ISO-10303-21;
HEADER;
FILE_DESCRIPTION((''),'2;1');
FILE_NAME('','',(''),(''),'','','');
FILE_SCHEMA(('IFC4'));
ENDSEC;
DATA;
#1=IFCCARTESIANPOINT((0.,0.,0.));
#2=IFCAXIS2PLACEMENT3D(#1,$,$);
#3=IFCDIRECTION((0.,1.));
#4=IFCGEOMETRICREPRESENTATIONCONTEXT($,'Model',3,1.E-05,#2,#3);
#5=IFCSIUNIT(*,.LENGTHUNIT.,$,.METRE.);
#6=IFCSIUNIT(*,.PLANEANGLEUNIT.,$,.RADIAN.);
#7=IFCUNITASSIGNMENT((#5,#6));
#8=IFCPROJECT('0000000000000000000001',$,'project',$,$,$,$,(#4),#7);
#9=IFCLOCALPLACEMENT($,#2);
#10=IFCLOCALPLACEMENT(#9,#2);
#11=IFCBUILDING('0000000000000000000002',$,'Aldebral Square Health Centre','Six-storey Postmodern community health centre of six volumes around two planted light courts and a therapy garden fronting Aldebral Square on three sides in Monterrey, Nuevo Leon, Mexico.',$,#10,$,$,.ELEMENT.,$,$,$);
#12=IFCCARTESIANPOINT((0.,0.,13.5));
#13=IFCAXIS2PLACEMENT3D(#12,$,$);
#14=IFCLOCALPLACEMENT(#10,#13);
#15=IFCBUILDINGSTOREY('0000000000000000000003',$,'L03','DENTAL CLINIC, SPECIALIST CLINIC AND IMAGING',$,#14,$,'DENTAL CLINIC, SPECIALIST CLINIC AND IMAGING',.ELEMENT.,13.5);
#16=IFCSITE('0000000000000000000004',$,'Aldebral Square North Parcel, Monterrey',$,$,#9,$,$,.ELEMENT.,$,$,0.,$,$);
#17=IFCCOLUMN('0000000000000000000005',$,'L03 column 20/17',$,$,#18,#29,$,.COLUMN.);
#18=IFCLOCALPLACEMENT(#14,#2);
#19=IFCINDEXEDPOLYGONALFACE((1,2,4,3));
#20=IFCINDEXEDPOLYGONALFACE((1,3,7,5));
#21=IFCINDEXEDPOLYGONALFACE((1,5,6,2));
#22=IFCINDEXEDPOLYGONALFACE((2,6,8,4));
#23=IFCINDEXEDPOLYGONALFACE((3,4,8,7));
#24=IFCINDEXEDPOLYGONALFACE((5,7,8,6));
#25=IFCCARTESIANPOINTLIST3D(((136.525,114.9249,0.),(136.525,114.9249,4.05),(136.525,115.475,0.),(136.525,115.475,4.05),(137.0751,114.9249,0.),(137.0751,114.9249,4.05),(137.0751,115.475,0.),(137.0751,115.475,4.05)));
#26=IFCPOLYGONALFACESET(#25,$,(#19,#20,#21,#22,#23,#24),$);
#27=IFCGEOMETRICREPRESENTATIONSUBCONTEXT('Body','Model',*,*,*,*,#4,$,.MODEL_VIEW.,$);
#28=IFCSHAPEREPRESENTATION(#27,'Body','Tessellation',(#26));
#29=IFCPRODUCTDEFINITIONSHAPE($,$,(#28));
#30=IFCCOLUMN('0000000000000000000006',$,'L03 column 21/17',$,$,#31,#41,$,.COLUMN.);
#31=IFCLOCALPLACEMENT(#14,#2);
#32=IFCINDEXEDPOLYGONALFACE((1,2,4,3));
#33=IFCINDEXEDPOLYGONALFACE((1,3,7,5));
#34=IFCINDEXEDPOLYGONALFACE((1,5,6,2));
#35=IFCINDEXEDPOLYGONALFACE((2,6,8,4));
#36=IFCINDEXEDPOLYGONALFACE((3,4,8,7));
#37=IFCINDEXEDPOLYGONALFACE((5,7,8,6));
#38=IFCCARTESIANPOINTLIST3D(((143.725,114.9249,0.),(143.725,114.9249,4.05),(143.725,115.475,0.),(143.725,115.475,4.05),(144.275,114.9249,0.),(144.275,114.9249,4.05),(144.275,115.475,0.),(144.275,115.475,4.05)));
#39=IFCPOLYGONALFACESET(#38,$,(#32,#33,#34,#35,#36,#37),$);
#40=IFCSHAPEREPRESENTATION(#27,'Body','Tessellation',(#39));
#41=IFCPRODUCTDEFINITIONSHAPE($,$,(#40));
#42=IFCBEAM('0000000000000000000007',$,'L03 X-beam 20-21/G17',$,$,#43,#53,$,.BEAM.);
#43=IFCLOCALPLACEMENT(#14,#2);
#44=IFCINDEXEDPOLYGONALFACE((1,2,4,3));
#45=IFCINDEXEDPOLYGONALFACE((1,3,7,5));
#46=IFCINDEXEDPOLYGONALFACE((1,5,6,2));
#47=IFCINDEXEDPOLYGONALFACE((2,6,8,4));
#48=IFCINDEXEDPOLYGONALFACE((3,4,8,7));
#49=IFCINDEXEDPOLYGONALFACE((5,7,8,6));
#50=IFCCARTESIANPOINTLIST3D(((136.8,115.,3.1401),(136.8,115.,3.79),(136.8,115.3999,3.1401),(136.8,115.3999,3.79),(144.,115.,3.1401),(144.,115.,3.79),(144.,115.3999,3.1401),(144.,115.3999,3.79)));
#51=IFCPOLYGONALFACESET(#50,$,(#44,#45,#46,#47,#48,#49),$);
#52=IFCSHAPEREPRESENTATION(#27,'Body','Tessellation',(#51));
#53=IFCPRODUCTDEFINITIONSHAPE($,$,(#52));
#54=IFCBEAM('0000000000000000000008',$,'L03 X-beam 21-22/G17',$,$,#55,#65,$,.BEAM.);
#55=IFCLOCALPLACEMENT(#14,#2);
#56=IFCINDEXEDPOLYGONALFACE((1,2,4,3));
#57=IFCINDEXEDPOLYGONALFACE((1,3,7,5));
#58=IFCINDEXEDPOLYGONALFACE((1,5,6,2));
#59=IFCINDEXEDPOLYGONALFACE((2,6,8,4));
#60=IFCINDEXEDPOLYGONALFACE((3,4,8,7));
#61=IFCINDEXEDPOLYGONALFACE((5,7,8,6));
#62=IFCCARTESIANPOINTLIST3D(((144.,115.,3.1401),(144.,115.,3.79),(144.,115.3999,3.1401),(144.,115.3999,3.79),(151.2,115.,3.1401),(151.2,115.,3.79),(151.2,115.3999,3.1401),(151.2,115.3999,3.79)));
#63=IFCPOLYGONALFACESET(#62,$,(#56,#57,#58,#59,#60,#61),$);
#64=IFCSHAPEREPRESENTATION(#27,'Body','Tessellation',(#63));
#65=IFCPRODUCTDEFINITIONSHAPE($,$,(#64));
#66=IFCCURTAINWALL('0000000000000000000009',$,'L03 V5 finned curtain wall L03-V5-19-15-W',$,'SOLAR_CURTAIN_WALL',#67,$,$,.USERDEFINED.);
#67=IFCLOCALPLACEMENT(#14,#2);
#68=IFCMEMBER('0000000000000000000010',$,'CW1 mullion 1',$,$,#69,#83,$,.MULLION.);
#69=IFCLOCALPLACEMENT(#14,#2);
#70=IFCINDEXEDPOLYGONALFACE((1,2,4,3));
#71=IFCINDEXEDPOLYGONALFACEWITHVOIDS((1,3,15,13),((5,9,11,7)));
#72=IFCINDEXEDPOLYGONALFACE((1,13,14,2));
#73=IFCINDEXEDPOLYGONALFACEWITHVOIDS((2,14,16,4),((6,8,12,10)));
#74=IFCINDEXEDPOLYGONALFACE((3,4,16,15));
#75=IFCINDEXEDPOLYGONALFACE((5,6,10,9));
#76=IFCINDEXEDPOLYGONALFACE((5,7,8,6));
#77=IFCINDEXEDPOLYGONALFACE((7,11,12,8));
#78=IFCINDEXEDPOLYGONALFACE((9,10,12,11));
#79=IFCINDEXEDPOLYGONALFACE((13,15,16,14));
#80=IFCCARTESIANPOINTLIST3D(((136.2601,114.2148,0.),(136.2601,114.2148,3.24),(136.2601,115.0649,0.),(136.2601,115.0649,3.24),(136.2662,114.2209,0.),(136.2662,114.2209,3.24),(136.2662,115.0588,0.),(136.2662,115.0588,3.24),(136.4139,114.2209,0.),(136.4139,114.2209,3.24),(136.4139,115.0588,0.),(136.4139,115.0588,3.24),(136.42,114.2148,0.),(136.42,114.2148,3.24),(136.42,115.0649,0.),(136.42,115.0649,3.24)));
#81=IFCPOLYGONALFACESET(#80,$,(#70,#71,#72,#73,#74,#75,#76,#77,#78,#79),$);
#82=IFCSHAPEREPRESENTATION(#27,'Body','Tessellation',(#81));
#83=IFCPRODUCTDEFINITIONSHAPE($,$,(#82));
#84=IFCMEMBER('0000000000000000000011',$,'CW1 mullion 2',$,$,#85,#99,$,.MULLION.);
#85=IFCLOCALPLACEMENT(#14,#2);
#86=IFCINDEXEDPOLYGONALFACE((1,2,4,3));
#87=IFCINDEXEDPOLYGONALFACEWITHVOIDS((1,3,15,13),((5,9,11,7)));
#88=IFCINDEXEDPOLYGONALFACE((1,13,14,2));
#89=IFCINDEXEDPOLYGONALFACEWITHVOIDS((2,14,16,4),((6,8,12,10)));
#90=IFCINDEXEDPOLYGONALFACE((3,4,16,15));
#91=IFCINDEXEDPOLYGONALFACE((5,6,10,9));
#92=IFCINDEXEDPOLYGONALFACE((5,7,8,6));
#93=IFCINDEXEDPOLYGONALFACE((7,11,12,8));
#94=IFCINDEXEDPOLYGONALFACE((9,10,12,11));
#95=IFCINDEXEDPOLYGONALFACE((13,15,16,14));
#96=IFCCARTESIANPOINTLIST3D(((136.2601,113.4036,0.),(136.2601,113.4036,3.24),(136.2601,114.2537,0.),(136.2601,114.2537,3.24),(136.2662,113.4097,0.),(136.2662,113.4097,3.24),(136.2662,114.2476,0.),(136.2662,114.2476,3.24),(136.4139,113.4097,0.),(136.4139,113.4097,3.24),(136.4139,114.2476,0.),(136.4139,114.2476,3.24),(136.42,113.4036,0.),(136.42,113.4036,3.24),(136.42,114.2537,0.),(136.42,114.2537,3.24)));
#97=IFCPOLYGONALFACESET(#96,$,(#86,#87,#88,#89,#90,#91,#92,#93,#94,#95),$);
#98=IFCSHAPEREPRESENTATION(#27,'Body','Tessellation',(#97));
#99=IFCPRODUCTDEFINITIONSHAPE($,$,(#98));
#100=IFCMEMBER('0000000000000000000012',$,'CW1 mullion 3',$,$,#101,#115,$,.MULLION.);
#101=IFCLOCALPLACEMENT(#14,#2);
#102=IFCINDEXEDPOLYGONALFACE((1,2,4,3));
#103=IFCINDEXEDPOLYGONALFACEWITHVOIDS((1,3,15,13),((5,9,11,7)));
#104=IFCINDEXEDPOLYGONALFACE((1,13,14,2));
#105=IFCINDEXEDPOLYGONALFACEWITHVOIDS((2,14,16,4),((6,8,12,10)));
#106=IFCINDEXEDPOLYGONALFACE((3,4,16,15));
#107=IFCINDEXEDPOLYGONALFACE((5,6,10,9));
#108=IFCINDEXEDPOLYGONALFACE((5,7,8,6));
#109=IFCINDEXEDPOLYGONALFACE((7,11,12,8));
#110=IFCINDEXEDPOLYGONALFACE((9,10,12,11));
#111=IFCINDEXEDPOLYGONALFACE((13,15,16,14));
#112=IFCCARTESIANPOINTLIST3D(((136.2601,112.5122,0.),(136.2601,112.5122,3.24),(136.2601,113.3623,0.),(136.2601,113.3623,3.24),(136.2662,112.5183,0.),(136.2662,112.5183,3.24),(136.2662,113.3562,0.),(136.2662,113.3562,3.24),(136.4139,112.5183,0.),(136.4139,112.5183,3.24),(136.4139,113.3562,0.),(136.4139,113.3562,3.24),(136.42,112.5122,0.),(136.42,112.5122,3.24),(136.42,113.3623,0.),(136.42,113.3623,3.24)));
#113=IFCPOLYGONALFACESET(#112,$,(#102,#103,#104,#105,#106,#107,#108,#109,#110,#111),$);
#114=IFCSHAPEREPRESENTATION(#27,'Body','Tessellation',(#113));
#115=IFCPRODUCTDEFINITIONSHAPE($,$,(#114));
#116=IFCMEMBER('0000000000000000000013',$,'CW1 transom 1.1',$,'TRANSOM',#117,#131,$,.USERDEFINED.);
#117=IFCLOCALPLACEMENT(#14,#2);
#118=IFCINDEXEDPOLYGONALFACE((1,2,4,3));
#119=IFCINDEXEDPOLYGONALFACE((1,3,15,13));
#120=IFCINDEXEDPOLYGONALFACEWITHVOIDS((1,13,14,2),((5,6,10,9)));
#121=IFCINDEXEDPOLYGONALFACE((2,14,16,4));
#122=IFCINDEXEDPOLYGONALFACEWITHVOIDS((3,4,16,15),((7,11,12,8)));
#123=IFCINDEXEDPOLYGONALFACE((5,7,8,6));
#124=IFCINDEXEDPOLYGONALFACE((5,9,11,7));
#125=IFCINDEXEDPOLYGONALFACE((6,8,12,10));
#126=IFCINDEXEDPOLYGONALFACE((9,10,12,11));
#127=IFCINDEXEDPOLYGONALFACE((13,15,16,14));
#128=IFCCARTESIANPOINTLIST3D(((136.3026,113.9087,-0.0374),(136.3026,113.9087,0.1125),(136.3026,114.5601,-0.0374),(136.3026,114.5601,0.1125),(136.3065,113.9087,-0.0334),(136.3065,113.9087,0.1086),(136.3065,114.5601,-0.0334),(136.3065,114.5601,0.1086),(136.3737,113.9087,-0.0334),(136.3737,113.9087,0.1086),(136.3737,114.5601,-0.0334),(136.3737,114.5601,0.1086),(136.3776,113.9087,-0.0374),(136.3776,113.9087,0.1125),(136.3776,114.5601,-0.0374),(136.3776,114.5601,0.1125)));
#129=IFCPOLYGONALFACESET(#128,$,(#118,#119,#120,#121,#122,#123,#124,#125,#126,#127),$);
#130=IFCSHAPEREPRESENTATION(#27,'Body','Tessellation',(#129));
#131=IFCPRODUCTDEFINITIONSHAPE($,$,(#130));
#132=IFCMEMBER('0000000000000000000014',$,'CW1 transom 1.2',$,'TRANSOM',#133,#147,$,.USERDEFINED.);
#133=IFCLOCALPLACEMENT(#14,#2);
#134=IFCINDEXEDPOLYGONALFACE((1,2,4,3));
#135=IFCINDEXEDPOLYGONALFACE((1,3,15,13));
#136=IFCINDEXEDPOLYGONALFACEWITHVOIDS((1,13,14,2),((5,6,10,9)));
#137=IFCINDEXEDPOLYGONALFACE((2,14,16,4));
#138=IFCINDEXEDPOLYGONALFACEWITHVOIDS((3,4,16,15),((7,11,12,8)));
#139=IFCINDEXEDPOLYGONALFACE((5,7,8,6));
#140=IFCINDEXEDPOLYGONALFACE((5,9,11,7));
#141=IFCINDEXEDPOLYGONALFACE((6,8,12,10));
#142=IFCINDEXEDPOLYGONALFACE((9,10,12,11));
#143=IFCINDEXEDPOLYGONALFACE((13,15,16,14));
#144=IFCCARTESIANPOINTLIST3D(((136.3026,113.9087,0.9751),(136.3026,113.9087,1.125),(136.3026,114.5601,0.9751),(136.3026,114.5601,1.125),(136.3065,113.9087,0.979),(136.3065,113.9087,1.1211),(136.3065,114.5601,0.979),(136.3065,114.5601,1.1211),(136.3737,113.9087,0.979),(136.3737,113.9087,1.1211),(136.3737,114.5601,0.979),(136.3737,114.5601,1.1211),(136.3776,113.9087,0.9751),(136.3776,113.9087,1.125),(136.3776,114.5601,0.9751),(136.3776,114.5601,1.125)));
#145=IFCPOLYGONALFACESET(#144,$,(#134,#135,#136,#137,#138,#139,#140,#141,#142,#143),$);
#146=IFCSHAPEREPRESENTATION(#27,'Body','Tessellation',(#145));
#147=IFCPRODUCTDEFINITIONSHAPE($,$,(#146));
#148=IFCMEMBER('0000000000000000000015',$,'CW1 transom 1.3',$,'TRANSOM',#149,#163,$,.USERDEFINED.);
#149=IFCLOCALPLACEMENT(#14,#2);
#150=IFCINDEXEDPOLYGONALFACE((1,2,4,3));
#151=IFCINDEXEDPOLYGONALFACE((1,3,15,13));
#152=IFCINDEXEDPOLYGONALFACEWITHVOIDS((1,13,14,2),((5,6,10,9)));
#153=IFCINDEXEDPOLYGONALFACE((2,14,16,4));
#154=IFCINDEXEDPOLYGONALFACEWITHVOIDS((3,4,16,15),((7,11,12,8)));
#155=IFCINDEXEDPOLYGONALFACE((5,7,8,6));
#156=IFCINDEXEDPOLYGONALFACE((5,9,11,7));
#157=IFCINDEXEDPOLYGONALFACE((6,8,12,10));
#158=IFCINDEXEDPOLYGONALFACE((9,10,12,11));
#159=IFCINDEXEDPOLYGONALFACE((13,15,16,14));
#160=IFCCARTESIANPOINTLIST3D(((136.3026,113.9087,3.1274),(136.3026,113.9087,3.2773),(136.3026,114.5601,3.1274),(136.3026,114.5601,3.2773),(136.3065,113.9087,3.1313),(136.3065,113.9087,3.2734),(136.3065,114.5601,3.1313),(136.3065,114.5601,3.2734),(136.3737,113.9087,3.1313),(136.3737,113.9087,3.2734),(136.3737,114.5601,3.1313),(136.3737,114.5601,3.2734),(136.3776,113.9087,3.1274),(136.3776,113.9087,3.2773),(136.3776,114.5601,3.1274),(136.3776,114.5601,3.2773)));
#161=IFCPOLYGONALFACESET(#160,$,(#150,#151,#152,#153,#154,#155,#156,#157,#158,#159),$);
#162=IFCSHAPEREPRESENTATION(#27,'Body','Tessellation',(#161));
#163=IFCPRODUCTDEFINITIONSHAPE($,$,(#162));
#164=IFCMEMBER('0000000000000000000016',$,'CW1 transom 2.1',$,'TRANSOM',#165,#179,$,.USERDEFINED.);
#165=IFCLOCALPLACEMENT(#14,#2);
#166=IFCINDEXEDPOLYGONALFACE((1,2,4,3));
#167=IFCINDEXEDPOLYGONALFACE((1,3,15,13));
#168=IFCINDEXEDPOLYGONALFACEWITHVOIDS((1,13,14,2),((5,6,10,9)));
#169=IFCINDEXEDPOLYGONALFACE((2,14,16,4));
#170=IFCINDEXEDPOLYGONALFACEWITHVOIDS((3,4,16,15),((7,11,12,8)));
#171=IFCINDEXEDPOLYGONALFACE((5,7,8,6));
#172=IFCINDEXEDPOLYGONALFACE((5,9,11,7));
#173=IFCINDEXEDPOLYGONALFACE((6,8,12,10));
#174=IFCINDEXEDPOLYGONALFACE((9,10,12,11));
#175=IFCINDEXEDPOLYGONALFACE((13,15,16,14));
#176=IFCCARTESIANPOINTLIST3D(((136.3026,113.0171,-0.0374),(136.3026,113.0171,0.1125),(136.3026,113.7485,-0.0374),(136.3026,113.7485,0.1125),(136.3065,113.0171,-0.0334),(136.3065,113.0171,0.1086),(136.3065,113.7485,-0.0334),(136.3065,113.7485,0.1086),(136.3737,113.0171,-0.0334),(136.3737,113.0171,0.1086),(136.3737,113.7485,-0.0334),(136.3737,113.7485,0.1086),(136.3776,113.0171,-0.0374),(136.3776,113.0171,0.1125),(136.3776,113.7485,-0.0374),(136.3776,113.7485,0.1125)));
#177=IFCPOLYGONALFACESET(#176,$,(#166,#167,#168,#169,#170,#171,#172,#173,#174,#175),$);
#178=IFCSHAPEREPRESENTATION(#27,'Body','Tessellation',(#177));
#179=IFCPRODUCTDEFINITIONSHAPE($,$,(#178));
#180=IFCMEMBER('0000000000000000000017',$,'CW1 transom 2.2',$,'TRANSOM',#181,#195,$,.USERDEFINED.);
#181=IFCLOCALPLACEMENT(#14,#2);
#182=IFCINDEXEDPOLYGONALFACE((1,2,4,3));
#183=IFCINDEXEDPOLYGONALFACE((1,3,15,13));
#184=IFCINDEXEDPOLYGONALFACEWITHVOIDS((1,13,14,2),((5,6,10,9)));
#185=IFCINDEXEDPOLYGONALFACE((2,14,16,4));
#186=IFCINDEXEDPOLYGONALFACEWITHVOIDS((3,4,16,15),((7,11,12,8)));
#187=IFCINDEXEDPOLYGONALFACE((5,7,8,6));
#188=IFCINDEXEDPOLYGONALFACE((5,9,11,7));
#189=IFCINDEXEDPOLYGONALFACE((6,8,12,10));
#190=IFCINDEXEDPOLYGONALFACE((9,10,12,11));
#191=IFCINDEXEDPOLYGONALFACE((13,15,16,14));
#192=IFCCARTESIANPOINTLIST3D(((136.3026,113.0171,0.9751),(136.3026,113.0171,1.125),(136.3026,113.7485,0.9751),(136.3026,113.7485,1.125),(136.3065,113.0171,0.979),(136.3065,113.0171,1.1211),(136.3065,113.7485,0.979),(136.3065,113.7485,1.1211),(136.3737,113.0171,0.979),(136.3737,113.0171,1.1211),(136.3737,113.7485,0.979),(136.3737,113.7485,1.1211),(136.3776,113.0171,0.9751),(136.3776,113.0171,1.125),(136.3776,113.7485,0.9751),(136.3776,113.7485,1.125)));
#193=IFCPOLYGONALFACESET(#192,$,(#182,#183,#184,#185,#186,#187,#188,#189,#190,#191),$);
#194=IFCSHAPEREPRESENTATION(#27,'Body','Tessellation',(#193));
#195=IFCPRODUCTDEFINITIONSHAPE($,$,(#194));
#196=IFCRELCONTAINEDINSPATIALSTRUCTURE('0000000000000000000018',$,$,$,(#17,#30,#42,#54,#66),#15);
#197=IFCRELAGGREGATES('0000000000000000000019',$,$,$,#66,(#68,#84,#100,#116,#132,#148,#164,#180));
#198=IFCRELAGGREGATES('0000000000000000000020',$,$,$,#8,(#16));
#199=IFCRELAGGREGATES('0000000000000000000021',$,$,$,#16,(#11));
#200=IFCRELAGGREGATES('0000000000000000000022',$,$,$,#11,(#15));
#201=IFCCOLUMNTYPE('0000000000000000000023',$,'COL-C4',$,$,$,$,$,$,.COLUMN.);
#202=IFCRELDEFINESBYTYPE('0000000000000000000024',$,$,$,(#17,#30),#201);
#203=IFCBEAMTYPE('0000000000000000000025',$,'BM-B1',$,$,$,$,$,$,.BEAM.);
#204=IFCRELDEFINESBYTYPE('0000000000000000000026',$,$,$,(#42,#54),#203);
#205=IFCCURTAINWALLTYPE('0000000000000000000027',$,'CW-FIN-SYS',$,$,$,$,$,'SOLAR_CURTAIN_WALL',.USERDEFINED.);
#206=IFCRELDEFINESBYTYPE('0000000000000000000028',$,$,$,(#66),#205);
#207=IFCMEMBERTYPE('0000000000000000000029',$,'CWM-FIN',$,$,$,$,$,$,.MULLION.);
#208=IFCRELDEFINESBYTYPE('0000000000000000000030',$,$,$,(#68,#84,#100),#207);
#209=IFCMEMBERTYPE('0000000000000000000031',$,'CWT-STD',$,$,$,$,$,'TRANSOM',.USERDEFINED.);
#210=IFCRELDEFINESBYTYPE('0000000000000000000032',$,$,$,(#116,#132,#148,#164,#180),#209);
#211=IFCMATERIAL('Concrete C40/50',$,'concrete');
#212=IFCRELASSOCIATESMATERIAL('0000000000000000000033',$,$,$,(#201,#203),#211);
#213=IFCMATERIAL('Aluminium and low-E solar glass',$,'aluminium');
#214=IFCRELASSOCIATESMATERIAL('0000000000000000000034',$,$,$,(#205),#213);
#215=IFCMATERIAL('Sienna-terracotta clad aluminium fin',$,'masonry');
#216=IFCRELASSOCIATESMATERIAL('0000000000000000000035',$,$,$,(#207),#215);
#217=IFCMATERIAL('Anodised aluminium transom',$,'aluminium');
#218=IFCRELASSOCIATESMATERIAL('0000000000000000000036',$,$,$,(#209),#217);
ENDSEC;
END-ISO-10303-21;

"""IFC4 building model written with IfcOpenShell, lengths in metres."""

from ifc_helpers import new_model, si_unit, direction, frame, origin, origin_2d, place, context, subcontext, project, spatial, rectangle, hollow_rectangle, extrude, material, material_profile, profile_set, type_object, element, aggregate, save


model = new_model("IFC4")

# Units and contexts
model_context = context("Model", 3, precision=1e-05, world=origin(), true_north=direction((0.0, 1.0)))
body_context = subcontext(model_context, "Body", "Model", "MODEL_VIEW")
ifc_project = project(units=[si_unit("LENGTHUNIT", "METRE"), si_unit("PLANEANGLEUNIT", "RADIAN")], contexts=[model_context])

# Site, building, storey
site_placement = place(None, origin())
site = spatial("IfcSite", under=ifc_project, at=site_placement, Name="Aldebral Square North Parcel, Monterrey", CompositionType="ELEMENT", RefElevation=0.0)
building_placement = place(site_placement, origin())
building = spatial("IfcBuilding", under=site, at=building_placement, Name="Aldebral Square Health Centre", Description="Six-storey Postmodern community health centre of six volumes around two planted light courts and a therapy garden fronting Aldebral Square on three sides in Monterrey, Nuevo Leon, Mexico.", CompositionType="ELEMENT")
storey_placement = place(building_placement, frame((0.0, 0.0, 13.5)))
storey = spatial("IfcBuildingStorey", under=building, at=storey_placement, Name="L03", Description="DENTAL CLINIC, SPECIALIST CLINIC AND IMAGING", LongName="DENTAL CLINIC, SPECIALIST CLINIC AND IMAGING", CompositionType="ELEMENT", Elevation=13.5)

# Columns
ifc_material_1 = material(Name="Concrete C40/50", Category="concrete")
ifc_material_profile_1 = material_profile(ifc_material_1, rectangle(XDim=0.55, YDim=0.55, at=origin_2d()), Name="RC 550x550")
ifc_profile_set_1 = profile_set([ifc_material_profile_1], Name="Concrete C40/50")
column_type = type_object("IfcColumnType", Name="COL-C4", PredefinedType="COLUMN", material=ifc_profile_set_1)
for number, where, z_axis, x_axis, name in (
    (1, (136.8, 115.2, 0.0), (0.0, 0.0, 1.0), (1.0, 0.0, 0.0), "L03 column 20/17"),
    (2, (144.0, 115.2, 0.0), (0.0, 0.0, 1.0), (1.0, 0.0, 0.0), "L03 column 21/17"),
):
    element("IfcColumn", number, at=place(storey_placement, frame(where, z_axis=z_axis, x_axis=x_axis)), inside=storey, type_object=column_type, Name=name, PredefinedType="COLUMN", context=body_context, shape_type="SweptSolid", body=[
        extrude(rectangle(XDim=0.55, YDim=0.55, at=origin_2d()), origin(), (0.0, 0.0, 1.0), 4.05),
    ])

# Beams
ifc_material_profile_2 = material_profile(ifc_material_1, rectangle(XDim=0.3999, YDim=0.6499, at=origin_2d()), Name="RC 400x650")
ifc_profile_set_2 = profile_set([ifc_material_profile_2], Name="Concrete C40/50")
beam_type = type_object("IfcBeamType", Name="BM-B1", PredefinedType="BEAM", material=ifc_profile_set_2)
for number, where, z_axis, x_axis, name in (
    (3, (136.8, 115.2, 3.4651), (1.0, 0.0, 0.0), (0.0, 1.0, 0.0), "L03 X-beam 20-21/G17"),
    (4, (144.0, 115.2, 3.4651), (1.0, 0.0, 0.0), (0.0, 1.0, 0.0), "L03 X-beam 21-22/G17"),
):
    element("IfcBeam", number, at=place(storey_placement, frame(where, z_axis=z_axis, x_axis=x_axis)), inside=storey, type_object=beam_type, Name=name, PredefinedType="BEAM", context=body_context, shape_type="SweptSolid", body=[
        extrude(rectangle(XDim=0.3999, YDim=0.6499, at=origin_2d()), origin(), (0.0, 0.0, 1.0), 7.2),
    ])

# Curtain wall, members
ifc_material_2 = material(Name="Aluminium and low-E solar glass", Category="aluminium")
curtain_wall_type = type_object("IfcCurtainWallType", Name="CW-FIN-SYS", ElementType="SOLAR_CURTAIN_WALL", PredefinedType="USERDEFINED", material=ifc_material_2)
curtain_wall_placement = place(storey_placement, origin())
curtain_wall = element("IfcCurtainWall", 5, at=curtain_wall_placement, inside=storey, type_object=curtain_wall_type, Name="L03 V5 finned curtain wall L03-V5-19-15-W", ObjectType="SOLAR_CURTAIN_WALL", PredefinedType="USERDEFINED")
ifc_material_3 = material(Name="Sienna-terracotta clad aluminium fin", Category="masonry")
ifc_material_profile_3 = material_profile(ifc_material_3, hollow_rectangle(XDim=0.1599, YDim=0.8501, WallThickness=0.0061, at=origin_2d()), Name="FIN 160x850x6")
ifc_profile_set_3 = profile_set([ifc_material_profile_3], Name="Sienna-terracotta clad aluminium fin")
member_type_1 = type_object("IfcMemberType", Name="CWM-FIN", PredefinedType="MULLION", material=ifc_profile_set_3)
member_1_placement = place(storey_placement, frame((136.3401, 114.6399, 0.0), z_axis=(0.0, 0.0, 1.0), x_axis=(1.0, 0.0, 0.0)))
member_1 = element("IfcMember", 6, at=member_1_placement, type_object=member_type_1, Name="CW1 mullion 1", PredefinedType="MULLION", context=body_context, shape_type="SweptSolid", body=[
    extrude(hollow_rectangle(XDim=0.1599, YDim=0.8501, WallThickness=0.0061, at=origin_2d()), origin(), (0.0, 0.0, 1.0), 3.24),
])
member_2_placement = place(storey_placement, frame((136.3401, 113.8286, 0.0), z_axis=(0.0, 0.0, 1.0), x_axis=(1.0, 0.0, 0.0)))
member_2 = element("IfcMember", 7, at=member_2_placement, type_object=member_type_1, Name="CW1 mullion 2", PredefinedType="MULLION", context=body_context, shape_type="SweptSolid", body=[
    extrude(hollow_rectangle(XDim=0.1599, YDim=0.8501, WallThickness=0.0061, at=origin_2d()), origin(), (0.0, 0.0, 1.0), 3.24),
])
member_3_placement = place(storey_placement, frame((136.3401, 112.9373, 0.0), z_axis=(0.0, 0.0, 1.0), x_axis=(1.0, 0.0, 0.0)))
member_3 = element("IfcMember", 8, at=member_3_placement, type_object=member_type_1, Name="CW1 mullion 3", PredefinedType="MULLION", context=body_context, shape_type="SweptSolid", body=[
    extrude(hollow_rectangle(XDim=0.1599, YDim=0.8501, WallThickness=0.0061, at=origin_2d()), origin(), (0.0, 0.0, 1.0), 3.24),
])
ifc_material_4 = material(Name="Anodised aluminium transom", Category="aluminium")
ifc_material_profile_4 = material_profile(ifc_material_4, hollow_rectangle(XDim=0.075, YDim=0.1499, WallThickness=0.0039, at=origin_2d()), Name="CWT 75x150x4")
ifc_profile_set_4 = profile_set([ifc_material_profile_4], Name="Anodised aluminium transom")
member_type_2 = type_object("IfcMemberType", Name="CWT-STD", ElementType="TRANSOM", PredefinedType="USERDEFINED", material=ifc_profile_set_4)
member_4_placement = place(storey_placement, frame((136.3401, 114.5601, 0.0376), z_axis=(0.0, -1.0, 0.0), x_axis=(1.0, 0.0, 0.0)))
member_4 = element("IfcMember", 9, at=member_4_placement, type_object=member_type_2, Name="CW1 transom 1.1", ObjectType="TRANSOM", PredefinedType="USERDEFINED", context=body_context, shape_type="SweptSolid", body=[
    extrude(hollow_rectangle(XDim=0.075, YDim=0.1499, WallThickness=0.0039, at=origin_2d()), origin(), (0.0, 0.0, 1.0), 0.6514),
])
member_5_placement = place(storey_placement, frame((136.3401, 114.5601, 1.05), z_axis=(0.0, -1.0, 0.0), x_axis=(1.0, 0.0, 0.0)))
member_5 = element("IfcMember", 10, at=member_5_placement, type_object=member_type_2, Name="CW1 transom 1.2", ObjectType="TRANSOM", PredefinedType="USERDEFINED", context=body_context, shape_type="SweptSolid", body=[
    extrude(hollow_rectangle(XDim=0.075, YDim=0.1499, WallThickness=0.0039, at=origin_2d()), origin(), (0.0, 0.0, 1.0), 0.6514),
])
member_6_placement = place(storey_placement, frame((136.3401, 114.5601, 3.2024), z_axis=(0.0, -1.0, 0.0), x_axis=(1.0, 0.0, 0.0)))
member_6 = element("IfcMember", 11, at=member_6_placement, type_object=member_type_2, Name="CW1 transom 1.3", ObjectType="TRANSOM", PredefinedType="USERDEFINED", context=body_context, shape_type="SweptSolid", body=[
    extrude(hollow_rectangle(XDim=0.075, YDim=0.1499, WallThickness=0.0039, at=origin_2d()), origin(), (0.0, 0.0, 1.0), 0.6514),
])
member_7_placement = place(storey_placement, frame((136.3401, 113.7485, 0.0376), z_axis=(0.0, -1.0, 0.0), x_axis=(1.0, 0.0, 0.0)))
member_7 = element("IfcMember", 12, at=member_7_placement, type_object=member_type_2, Name="CW1 transom 2.1", ObjectType="TRANSOM", PredefinedType="USERDEFINED", context=body_context, shape_type="SweptSolid", body=[
    extrude(hollow_rectangle(XDim=0.075, YDim=0.1499, WallThickness=0.0039, at=origin_2d()), origin(), (0.0, 0.0, 1.0), 0.7314),
])
member_8_placement = place(storey_placement, frame((136.3401, 113.7485, 1.05), z_axis=(0.0, -1.0, 0.0), x_axis=(1.0, 0.0, 0.0)))
member_8 = element("IfcMember", 13, at=member_8_placement, type_object=member_type_2, Name="CW1 transom 2.2", ObjectType="TRANSOM", PredefinedType="USERDEFINED", context=body_context, shape_type="SweptSolid", body=[
    extrude(hollow_rectangle(XDim=0.075, YDim=0.1499, WallThickness=0.0039, at=origin_2d()), origin(), (0.0, 0.0, 1.0), 0.7314),
])

aggregate(curtain_wall, [member_1, member_2, member_3, member_4, member_5, member_6, member_7, member_8])

save(model, "model.ifc")
